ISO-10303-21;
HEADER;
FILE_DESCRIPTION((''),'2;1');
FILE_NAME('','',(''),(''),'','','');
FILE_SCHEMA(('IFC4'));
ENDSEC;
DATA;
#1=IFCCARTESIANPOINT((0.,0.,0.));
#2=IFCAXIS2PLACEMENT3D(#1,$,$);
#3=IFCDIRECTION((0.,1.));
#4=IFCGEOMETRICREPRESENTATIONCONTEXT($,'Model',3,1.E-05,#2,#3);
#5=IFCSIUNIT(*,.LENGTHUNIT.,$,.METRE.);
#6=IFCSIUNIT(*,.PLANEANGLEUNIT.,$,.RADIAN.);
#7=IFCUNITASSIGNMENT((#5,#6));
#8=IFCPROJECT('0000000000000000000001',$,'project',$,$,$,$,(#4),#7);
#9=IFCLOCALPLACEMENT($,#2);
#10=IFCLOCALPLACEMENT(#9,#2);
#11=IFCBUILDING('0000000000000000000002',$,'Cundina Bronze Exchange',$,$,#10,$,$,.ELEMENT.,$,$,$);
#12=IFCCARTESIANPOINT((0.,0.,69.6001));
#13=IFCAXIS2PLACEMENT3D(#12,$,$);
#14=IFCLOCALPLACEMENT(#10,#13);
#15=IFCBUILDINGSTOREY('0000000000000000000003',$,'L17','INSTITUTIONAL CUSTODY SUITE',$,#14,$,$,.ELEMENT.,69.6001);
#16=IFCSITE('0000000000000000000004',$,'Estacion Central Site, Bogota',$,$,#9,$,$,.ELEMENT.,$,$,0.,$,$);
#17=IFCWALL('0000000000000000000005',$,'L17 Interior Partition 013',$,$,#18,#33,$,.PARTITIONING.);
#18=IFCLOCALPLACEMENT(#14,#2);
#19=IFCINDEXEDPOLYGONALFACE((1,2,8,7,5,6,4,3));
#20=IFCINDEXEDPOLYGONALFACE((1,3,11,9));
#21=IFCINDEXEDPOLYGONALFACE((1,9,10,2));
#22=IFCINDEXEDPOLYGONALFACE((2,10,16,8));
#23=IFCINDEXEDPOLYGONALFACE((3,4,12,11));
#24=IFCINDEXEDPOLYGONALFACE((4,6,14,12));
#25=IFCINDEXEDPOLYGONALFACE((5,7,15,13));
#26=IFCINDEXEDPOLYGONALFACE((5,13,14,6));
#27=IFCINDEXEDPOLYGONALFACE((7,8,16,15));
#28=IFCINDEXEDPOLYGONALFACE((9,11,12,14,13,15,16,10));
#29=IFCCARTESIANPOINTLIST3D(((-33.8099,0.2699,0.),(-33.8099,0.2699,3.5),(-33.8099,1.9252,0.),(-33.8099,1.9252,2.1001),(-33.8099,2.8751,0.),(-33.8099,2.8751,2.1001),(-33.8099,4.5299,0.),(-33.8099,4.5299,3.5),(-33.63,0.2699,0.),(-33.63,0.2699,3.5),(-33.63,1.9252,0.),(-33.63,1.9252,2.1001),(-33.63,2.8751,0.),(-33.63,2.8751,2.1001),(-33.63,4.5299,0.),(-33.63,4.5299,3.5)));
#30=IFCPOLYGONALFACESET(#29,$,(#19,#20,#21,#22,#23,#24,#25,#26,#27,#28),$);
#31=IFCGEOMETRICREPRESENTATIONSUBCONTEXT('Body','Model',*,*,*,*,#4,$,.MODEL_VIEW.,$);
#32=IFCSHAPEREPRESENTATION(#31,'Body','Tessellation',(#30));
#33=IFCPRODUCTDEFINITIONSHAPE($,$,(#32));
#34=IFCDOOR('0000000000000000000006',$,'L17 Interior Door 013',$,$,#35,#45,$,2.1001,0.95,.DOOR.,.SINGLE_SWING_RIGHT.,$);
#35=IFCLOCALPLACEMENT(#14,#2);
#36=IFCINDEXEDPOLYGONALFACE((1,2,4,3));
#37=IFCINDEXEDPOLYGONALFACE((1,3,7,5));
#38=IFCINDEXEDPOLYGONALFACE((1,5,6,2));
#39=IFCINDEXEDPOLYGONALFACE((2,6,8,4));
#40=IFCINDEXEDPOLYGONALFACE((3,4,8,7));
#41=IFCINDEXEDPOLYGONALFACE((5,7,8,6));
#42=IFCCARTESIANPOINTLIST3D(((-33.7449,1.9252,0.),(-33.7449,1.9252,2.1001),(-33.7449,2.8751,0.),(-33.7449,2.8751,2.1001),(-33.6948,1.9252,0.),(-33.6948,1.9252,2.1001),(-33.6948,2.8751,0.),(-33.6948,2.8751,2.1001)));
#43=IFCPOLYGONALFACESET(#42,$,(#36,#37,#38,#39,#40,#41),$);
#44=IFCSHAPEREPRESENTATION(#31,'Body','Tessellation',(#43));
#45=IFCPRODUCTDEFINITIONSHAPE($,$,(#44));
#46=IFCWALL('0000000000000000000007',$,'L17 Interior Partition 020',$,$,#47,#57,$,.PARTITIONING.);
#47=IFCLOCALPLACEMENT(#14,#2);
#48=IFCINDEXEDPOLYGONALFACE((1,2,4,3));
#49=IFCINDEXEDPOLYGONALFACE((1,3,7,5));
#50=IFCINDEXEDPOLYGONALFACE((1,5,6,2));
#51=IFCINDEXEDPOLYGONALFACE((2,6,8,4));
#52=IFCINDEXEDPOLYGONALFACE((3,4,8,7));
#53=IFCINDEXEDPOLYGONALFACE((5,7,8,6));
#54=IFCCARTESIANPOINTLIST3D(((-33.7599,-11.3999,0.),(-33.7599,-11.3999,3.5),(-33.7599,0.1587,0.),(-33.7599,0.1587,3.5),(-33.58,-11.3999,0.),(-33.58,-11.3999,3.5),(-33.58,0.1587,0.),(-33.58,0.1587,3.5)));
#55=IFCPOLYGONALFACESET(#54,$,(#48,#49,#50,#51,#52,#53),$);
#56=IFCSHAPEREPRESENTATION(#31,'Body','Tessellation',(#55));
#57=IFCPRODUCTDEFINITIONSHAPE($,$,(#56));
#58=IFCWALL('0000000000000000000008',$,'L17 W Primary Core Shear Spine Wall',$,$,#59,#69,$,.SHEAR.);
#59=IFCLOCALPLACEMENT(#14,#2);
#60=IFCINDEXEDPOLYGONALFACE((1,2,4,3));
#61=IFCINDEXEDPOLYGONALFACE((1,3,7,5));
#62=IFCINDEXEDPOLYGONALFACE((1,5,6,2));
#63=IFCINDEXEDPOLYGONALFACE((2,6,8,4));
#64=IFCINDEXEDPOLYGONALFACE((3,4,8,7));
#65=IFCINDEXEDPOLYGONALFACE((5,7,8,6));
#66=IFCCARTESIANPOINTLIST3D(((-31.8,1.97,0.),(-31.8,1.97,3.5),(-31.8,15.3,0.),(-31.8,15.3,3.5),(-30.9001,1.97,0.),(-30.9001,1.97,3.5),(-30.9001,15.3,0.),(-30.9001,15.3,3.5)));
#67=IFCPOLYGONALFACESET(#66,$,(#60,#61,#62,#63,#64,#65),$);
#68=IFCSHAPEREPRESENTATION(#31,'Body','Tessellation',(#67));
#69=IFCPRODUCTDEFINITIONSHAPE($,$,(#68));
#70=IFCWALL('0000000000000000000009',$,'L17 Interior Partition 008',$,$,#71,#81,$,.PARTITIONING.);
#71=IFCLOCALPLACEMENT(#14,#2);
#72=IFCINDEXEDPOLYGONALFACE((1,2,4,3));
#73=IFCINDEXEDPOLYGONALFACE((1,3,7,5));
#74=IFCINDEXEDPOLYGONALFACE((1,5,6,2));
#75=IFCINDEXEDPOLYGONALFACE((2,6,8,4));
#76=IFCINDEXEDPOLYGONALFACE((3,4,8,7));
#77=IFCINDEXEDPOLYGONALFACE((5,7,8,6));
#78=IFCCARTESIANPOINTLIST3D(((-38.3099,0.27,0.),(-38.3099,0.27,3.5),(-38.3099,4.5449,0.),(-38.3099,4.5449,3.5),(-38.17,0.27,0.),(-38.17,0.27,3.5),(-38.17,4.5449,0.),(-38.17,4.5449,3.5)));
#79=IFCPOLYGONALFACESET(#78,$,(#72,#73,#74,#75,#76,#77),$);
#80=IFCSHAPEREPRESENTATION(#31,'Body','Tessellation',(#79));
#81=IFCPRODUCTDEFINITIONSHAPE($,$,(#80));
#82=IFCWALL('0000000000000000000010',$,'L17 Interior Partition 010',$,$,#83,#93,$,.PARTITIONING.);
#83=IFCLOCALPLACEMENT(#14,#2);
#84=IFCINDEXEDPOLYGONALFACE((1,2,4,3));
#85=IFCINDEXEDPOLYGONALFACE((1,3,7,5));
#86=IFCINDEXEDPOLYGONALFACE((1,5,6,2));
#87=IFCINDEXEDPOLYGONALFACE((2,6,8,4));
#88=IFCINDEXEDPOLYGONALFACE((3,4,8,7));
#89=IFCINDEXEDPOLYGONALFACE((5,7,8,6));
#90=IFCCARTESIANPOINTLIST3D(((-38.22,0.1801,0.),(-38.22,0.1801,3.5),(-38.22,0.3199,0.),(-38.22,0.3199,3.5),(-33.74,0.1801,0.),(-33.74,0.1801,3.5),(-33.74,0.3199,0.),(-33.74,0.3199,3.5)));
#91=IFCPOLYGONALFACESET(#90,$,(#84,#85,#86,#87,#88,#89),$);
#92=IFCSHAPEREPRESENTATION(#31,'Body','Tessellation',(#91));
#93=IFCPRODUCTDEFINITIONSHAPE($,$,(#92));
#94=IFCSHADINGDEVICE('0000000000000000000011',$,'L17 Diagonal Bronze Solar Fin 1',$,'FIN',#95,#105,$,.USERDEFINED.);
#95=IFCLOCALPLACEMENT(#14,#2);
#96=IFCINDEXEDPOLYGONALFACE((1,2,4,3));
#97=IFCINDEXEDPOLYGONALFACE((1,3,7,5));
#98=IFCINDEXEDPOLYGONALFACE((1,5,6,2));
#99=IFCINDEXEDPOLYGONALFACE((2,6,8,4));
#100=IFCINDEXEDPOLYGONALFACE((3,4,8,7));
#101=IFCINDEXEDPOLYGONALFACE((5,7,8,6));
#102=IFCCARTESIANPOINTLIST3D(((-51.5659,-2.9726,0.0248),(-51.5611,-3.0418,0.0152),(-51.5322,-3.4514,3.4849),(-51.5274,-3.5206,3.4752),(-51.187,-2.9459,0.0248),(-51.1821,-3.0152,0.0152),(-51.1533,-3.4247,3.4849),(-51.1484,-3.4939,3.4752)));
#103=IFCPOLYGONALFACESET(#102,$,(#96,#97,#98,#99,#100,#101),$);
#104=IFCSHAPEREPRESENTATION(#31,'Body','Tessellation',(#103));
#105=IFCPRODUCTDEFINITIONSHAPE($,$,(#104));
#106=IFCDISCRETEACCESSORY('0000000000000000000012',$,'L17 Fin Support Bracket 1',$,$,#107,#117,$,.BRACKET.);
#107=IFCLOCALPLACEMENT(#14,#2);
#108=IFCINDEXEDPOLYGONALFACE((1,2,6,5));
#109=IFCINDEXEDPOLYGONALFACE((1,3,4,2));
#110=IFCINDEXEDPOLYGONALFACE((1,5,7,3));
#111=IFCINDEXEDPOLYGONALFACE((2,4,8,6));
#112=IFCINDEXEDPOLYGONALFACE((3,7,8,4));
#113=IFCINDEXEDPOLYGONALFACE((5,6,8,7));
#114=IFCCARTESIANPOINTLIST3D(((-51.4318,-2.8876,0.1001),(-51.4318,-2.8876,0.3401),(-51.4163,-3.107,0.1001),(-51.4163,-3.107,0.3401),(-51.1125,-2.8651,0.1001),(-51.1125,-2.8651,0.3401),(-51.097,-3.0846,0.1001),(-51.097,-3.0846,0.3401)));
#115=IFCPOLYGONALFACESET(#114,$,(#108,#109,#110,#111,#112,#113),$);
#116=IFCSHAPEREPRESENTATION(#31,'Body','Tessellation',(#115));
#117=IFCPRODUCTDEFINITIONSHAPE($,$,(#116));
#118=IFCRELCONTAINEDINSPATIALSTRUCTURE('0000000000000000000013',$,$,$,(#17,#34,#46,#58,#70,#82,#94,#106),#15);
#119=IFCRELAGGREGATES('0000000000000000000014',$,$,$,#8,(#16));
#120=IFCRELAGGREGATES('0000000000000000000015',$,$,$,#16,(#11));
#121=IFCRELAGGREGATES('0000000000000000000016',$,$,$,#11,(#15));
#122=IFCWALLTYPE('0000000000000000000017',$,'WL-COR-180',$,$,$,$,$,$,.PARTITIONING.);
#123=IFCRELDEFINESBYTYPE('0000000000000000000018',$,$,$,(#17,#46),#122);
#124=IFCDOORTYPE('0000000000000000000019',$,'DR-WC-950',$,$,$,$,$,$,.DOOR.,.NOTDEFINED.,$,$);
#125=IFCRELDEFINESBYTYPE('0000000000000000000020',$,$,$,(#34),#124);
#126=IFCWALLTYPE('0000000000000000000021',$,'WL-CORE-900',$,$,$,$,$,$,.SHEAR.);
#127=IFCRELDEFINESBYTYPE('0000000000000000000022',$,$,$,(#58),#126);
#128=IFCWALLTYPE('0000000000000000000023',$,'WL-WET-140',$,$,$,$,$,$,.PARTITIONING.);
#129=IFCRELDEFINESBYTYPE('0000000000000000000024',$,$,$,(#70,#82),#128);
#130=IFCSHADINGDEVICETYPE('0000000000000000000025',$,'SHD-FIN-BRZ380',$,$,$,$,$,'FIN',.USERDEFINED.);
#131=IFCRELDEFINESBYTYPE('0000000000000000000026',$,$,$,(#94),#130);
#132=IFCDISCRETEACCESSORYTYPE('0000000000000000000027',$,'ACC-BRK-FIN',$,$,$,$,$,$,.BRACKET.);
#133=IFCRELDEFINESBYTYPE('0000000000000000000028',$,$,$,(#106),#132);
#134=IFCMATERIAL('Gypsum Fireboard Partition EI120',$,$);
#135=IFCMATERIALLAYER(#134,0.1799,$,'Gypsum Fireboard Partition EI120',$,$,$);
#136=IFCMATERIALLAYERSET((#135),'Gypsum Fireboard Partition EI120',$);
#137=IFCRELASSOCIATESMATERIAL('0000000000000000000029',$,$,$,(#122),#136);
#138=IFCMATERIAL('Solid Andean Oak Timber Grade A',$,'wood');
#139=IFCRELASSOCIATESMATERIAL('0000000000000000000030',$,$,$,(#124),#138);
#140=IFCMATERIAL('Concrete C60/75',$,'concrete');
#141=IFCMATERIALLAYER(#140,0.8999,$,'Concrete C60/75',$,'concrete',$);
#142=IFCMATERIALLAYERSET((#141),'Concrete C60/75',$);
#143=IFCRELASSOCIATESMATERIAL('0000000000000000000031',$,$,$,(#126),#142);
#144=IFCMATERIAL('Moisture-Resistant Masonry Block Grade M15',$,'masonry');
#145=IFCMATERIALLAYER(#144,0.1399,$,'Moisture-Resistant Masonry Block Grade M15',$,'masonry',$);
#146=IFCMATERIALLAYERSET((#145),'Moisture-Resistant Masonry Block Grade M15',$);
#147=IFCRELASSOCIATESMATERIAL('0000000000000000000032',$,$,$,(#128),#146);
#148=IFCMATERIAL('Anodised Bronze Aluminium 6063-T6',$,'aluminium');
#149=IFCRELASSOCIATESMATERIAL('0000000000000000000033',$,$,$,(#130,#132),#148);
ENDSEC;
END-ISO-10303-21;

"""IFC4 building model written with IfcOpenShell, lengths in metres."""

from ifc_helpers import new_model, si_unit, direction, frame, frame_2d, origin, origin_2d, place, context, subcontext, project, spatial, rectangle, extrude, material, layer, layer_set, material_profile, profile_set, type_object, element, fill, save


model = new_model("IFC4")

# Units and contexts
model_context = context("Model", 3, precision=1e-05, world=origin(), true_north=direction((0.0, 1.0)))
body_context = subcontext(model_context, "Body", "Model", "MODEL_VIEW")
ifc_project = project(units=[si_unit("LENGTHUNIT", "METRE"), si_unit("PLANEANGLEUNIT", "RADIAN")], contexts=[model_context])

# Site, building, storey
site_placement = place(None, origin())
site = spatial("IfcSite", under=ifc_project, at=site_placement, Name="Estacion Central Site, Bogota", CompositionType="ELEMENT", RefElevation=0.0)
building_placement = place(site_placement, origin())
building = spatial("IfcBuilding", under=site, at=building_placement, Name="Cundina Bronze Exchange", CompositionType="ELEMENT")
storey_placement = place(building_placement, frame((0.0, 0.0, 69.6001)))
storey = spatial("IfcBuildingStorey", under=building, at=storey_placement, Name="L17", Description="INSTITUTIONAL CUSTODY SUITE", CompositionType="ELEMENT", Elevation=69.6001)

# Shared definitions
ifc_material_1 = material(Name="Concrete C60/75", Category="concrete")

# Shared definitions
ifc_material_2 = material(Name="Anodised Bronze Aluminium 6063-T6", Category="aluminium")

# Wall, opening, door
ifc_material_3 = material(Name="Gypsum Fireboard Partition EI120")
ifc_layer_1 = layer(ifc_material_3, 0.1799, Name="Gypsum Fireboard Partition EI120")
ifc_layer_set_1 = layer_set([ifc_layer_1], Name="Gypsum Fireboard Partition EI120")
wall_type_1 = type_object("IfcWallType", Name="WL-COR-180", PredefinedType="PARTITIONING", material=ifc_layer_set_1)
wall_1_placement = place(storey_placement, frame((-33.72, 0.27, 0.0), z_axis=(0.0, 0.0, 1.0), x_axis=(0.0, 1.0, 0.0)))
wall_1 = element("IfcWall", 1, at=wall_1_placement, inside=storey, type_object=wall_type_1, Name="L17 Interior Partition 013", PredefinedType="PARTITIONING", context=body_context, shape_type="SweptSolid", body=[
    extrude(rectangle(XDim=4.26, YDim=0.1799, at=frame_2d((2.1299, 0.0))), origin(), (0.0, 0.0, 1.0), 3.5),
])
opening_placement = place(wall_1_placement, frame((1.655, 0.0, 0.0)))
opening = element("IfcOpeningElement", 2, at=opening_placement, cuts=wall_1, PredefinedType="OPENING", context=body_context, shape_type="SweptSolid", body=[
    extrude(rectangle(XDim=0.95, YDim=2.1001, at=frame_2d((0.4751, 1.05))), frame((0.0, 0.0999, 0.0), z_axis=(0.0, -1.0, 0.0), x_axis=(1.0, 0.0, 0.0)), (0.0, 0.0, 1.0), 0.2),
])
ifc_material_4 = material(Name="Solid Andean Oak Timber Grade A", Category="wood")
door_type = type_object("IfcDoorType", Name="DR-WC-950", OperationType="NOTDEFINED", PredefinedType="DOOR", material=ifc_material_4)
door_placement = place(opening_placement, origin())
door = element("IfcDoor", 3, at=door_placement, inside=storey, type_object=door_type, Name="L17 Interior Door 013", OperationType="SINGLE_SWING_RIGHT", OverallHeight=2.1001, OverallWidth=0.95, PredefinedType="DOOR", context=body_context, shape_type="SweptSolid", body=[
    extrude(rectangle(XDim=0.95, YDim=2.1001, at=frame_2d((0.4751, 1.05))), frame((0.0, 0.0249, 0.0), z_axis=(0.0, -1.0, 0.0), x_axis=(1.0, 0.0, 0.0)), (0.0, 0.0, 1.0), 0.05),
])
fill(opening, door)

# Walls
wall_2_placement = place(storey_placement, frame((-33.6699, 0.1587, 0.0), z_axis=(0.0, 0.0, 1.0), x_axis=(0.0, -1.0, 0.0)))
element("IfcWall", 4, at=wall_2_placement, inside=storey, type_object=wall_type_1, Name="L17 Interior Partition 020", PredefinedType="PARTITIONING", context=body_context, shape_type="SweptSolid", body=[
    extrude(rectangle(XDim=11.5586, YDim=0.1799, at=frame_2d((5.7793, 0.0))), origin(), (0.0, 0.0, 1.0), 3.5),
])
ifc_layer_2 = layer(ifc_material_1, 0.8999, Name="Concrete C60/75", Category="concrete")
ifc_layer_set_2 = layer_set([ifc_layer_2], Name="Concrete C60/75")
wall_type_2 = type_object("IfcWallType", Name="WL-CORE-900", PredefinedType="SHEAR", material=ifc_layer_set_2)
wall_3_placement = place(storey_placement, frame((-31.3501, 1.97, 0.0), z_axis=(0.0, 0.0, 1.0), x_axis=(0.0, 1.0, 0.0)))
element("IfcWall", 5, at=wall_3_placement, inside=storey, type_object=wall_type_2, Name="L17 W Primary Core Shear Spine Wall", PredefinedType="SHEAR", context=body_context, shape_type="SweptSolid", body=[
    extrude(rectangle(XDim=13.3301, YDim=0.8999, at=frame_2d((6.665, 0.0))), origin(), (0.0, 0.0, 1.0), 3.5),
])
ifc_material_5 = material(Name="Moisture-Resistant Masonry Block Grade M15", Category="masonry")
ifc_layer_3 = layer(ifc_material_5, 0.1399, Name="Moisture-Resistant Masonry Block Grade M15", Category="masonry")
ifc_layer_set_3 = layer_set([ifc_layer_3], Name="Moisture-Resistant Masonry Block Grade M15")
wall_type_3 = type_object("IfcWallType", Name="WL-WET-140", PredefinedType="PARTITIONING", material=ifc_layer_set_3)
wall_4_placement = place(storey_placement, frame((-38.24, 0.27, 0.0), z_axis=(0.0, 0.0, 1.0), x_axis=(0.0, 1.0, 0.0)))
element("IfcWall", 6, at=wall_4_placement, inside=storey, type_object=wall_type_3, Name="L17 Interior Partition 008", PredefinedType="PARTITIONING", context=body_context, shape_type="SweptSolid", body=[
    extrude(rectangle(XDim=4.2749, YDim=0.1399, at=frame_2d((2.1375, 0.0))), origin(), (0.0, 0.0, 1.0), 3.5),
])
wall_5_placement = place(storey_placement, frame((-38.22, 0.25, 0.0), z_axis=(0.0, 0.0, 1.0), x_axis=(1.0, 0.0, 0.0)))
element("IfcWall", 7, at=wall_5_placement, inside=storey, type_object=wall_type_3, Name="L17 Interior Partition 010", PredefinedType="PARTITIONING", context=body_context, shape_type="SweptSolid", body=[
    extrude(rectangle(XDim=4.48, YDim=0.1399, at=frame_2d((2.24, 0.0))), origin(), (0.0, 0.0, 1.0), 3.5),
])

# Shading device
ifc_material_profile_1 = material_profile(ifc_material_2, rectangle(XDim=0.0701, YDim=0.3799, at=origin_2d()), Name="FIN70X380", Category="aluminium")
ifc_profile_set_1 = profile_set([ifc_material_profile_1], Name="Anodised Bronze Aluminium 6063-T6")
shading_device_type = type_object("IfcShadingDeviceType", Name="SHD-FIN-BRZ380", ElementType="FIN", PredefinedType="USERDEFINED", material=ifc_profile_set_1)
shading_device_placement = place(storey_placement, frame((-51.374, -2.9939, 0.02), z_axis=(0.009645, -0.137059, 0.990516), x_axis=(-0.069533, 0.988072, 0.137398)))
element("IfcShadingDevice", 8, at=shading_device_placement, inside=storey, type_object=shading_device_type, Name="L17 Diagonal Bronze Solar Fin 1", ObjectType="FIN", PredefinedType="USERDEFINED", context=body_context, shape_type="SweptSolid", body=[
    extrude(rectangle(XDim=0.0701, YDim=0.3799, at=origin_2d()), origin(), (0.0, 0.0, 1.0), 3.4932),
])

# Discrete accessory
discrete_accessory_type = type_object("IfcDiscreteAccessoryType", Name="ACC-BRK-FIN", PredefinedType="BRACKET", material=ifc_material_2)
discrete_accessory_placement = place(storey_placement, frame((-51.2644, -2.9861, 0.1001), z_axis=(0.0, 0.0, 1.0), x_axis=(0.070279, -0.997527, 0.0)))
element("IfcDiscreteAccessory", 9, at=discrete_accessory_placement, inside=storey, type_object=discrete_accessory_type, Name="L17 Fin Support Bracket 1", PredefinedType="BRACKET", context=body_context, shape_type="SweptSolid", body=[
    extrude(rectangle(XDim=0.22, YDim=0.3201, at=origin_2d()), origin(), (0.0, 0.0, 1.0), 0.24),
])

save(model, "model.ifc")
